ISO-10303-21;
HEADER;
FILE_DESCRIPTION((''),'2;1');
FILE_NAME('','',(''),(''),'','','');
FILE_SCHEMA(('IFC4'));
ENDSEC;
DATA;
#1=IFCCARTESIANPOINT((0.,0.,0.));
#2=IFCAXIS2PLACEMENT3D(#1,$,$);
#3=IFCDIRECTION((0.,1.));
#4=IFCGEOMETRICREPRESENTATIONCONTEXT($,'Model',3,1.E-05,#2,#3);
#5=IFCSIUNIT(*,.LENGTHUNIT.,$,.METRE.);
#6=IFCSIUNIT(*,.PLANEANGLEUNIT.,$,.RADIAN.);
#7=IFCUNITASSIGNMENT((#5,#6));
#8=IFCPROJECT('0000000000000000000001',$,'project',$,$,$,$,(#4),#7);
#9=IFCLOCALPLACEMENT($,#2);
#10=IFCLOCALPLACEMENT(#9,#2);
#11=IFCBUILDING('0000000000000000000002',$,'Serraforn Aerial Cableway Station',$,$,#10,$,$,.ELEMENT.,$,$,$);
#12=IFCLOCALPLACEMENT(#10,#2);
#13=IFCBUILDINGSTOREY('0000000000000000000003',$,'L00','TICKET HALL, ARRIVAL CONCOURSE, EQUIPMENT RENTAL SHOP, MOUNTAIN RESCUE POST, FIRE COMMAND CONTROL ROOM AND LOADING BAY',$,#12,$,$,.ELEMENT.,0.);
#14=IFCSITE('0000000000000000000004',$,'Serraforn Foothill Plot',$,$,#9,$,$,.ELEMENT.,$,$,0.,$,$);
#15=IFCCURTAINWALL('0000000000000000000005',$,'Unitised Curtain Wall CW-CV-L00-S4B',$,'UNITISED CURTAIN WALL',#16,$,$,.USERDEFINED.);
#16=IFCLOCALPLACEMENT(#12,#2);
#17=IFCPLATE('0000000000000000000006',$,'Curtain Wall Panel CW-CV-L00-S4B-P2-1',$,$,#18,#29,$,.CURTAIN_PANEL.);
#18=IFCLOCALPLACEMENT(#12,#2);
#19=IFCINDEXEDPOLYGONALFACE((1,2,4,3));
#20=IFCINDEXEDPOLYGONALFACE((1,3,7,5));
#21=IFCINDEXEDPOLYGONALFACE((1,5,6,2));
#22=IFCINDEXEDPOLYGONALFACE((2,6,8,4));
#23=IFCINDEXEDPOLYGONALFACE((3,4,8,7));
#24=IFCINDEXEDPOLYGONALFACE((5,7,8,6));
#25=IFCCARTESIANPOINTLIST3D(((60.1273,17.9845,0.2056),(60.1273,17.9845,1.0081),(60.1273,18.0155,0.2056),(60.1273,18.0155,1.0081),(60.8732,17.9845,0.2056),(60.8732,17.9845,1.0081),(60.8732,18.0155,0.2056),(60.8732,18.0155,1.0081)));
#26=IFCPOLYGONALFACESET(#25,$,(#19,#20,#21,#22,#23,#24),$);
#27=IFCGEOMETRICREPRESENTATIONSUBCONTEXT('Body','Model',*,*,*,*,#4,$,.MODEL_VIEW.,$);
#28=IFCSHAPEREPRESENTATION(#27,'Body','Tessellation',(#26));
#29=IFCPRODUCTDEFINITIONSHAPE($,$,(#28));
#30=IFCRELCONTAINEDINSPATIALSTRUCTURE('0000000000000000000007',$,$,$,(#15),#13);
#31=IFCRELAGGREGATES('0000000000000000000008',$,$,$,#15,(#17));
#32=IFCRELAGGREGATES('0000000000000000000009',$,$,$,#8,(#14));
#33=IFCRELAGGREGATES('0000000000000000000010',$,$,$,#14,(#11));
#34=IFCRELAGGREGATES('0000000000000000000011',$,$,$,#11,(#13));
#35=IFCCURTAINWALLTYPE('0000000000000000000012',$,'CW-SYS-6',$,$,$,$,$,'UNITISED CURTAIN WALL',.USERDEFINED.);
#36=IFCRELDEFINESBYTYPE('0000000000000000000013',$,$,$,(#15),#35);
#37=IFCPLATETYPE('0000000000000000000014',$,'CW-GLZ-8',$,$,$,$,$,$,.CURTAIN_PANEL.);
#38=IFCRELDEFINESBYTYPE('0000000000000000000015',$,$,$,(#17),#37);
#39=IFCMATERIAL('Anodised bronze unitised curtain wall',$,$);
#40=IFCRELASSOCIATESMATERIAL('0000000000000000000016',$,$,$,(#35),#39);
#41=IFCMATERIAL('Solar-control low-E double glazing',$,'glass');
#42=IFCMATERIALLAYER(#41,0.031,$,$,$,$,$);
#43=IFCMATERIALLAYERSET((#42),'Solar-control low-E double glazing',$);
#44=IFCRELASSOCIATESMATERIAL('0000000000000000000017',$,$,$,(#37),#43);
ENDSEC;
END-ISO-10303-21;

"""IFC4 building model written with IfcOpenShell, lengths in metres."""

from ifc_helpers import new_model, si_unit, direction, frame, origin, origin_2d, place, context, subcontext, project, spatial, rectangle, extrude, material, layer, layer_set, type_object, element, aggregate, save


model = new_model("IFC4")

# Units and contexts
model_context = context("Model", 3, precision=1e-05, world=origin(), true_north=direction((0.0, 1.0)))
body_context = subcontext(model_context, "Body", "Model", "MODEL_VIEW")
ifc_project = project(units=[si_unit("LENGTHUNIT", "METRE"), si_unit("PLANEANGLEUNIT", "RADIAN")], contexts=[model_context])

# Site, building, storey
site_placement = place(None, origin())
site = spatial("IfcSite", under=ifc_project, at=site_placement, Name="Serraforn Foothill Plot", CompositionType="ELEMENT", RefElevation=0.0)
building_placement = place(site_placement, origin())
building = spatial("IfcBuilding", under=site, at=building_placement, Name="Serraforn Aerial Cableway Station", CompositionType="ELEMENT")
storey_placement = place(building_placement, origin())
storey = spatial("IfcBuildingStorey", under=building, at=storey_placement, Name="L00", Description="TICKET HALL, ARRIVAL CONCOURSE, EQUIPMENT RENTAL SHOP, MOUNTAIN RESCUE POST, FIRE COMMAND CONTROL ROOM AND LOADING BAY", CompositionType="ELEMENT", Elevation=0.0)

# Curtain wall, plate
ifc_material_1 = material(Name="Anodised bronze unitised curtain wall")
curtain_wall_type = type_object("IfcCurtainWallType", Name="CW-SYS-6", ElementType="UNITISED CURTAIN WALL", PredefinedType="USERDEFINED", material=ifc_material_1)
curtain_wall_placement = place(storey_placement, origin())
curtain_wall = element("IfcCurtainWall", 1, at=curtain_wall_placement, inside=storey, type_object=curtain_wall_type, Name="Unitised Curtain Wall CW-CV-L00-S4B", ObjectType="UNITISED CURTAIN WALL", PredefinedType="USERDEFINED")
ifc_material_2 = material(Name="Solar-control low-E double glazing", Category="glass")
ifc_layer_1 = layer(ifc_material_2, 0.031)
ifc_layer_set_1 = layer_set([ifc_layer_1], Name="Solar-control low-E double glazing")
plate_type_1 = type_object("IfcPlateType", Name="CW-GLZ-8", PredefinedType="CURTAIN_PANEL", material=ifc_layer_set_1)
plate_1_placement = place(storey_placement, frame((60.5002, 18.0, 0.2056), z_axis=(0.0, 0.0, 1.0), x_axis=(1.0, 0.0, 0.0)))
plate_1 = element("IfcPlate", 2, at=plate_1_placement, type_object=plate_type_1, Name="Curtain Wall Panel CW-CV-L00-S4B-P2-1", PredefinedType="CURTAIN_PANEL", context=body_context, shape_type="SweptSolid", body=[
    extrude(rectangle(XDim=0.7458, YDim=0.031, at=origin_2d()), origin(), (0.0, 0.0, 1.0), 0.8025),
])
aggregate(curtain_wall, [plate_1])

save(model, "model.ifc")
